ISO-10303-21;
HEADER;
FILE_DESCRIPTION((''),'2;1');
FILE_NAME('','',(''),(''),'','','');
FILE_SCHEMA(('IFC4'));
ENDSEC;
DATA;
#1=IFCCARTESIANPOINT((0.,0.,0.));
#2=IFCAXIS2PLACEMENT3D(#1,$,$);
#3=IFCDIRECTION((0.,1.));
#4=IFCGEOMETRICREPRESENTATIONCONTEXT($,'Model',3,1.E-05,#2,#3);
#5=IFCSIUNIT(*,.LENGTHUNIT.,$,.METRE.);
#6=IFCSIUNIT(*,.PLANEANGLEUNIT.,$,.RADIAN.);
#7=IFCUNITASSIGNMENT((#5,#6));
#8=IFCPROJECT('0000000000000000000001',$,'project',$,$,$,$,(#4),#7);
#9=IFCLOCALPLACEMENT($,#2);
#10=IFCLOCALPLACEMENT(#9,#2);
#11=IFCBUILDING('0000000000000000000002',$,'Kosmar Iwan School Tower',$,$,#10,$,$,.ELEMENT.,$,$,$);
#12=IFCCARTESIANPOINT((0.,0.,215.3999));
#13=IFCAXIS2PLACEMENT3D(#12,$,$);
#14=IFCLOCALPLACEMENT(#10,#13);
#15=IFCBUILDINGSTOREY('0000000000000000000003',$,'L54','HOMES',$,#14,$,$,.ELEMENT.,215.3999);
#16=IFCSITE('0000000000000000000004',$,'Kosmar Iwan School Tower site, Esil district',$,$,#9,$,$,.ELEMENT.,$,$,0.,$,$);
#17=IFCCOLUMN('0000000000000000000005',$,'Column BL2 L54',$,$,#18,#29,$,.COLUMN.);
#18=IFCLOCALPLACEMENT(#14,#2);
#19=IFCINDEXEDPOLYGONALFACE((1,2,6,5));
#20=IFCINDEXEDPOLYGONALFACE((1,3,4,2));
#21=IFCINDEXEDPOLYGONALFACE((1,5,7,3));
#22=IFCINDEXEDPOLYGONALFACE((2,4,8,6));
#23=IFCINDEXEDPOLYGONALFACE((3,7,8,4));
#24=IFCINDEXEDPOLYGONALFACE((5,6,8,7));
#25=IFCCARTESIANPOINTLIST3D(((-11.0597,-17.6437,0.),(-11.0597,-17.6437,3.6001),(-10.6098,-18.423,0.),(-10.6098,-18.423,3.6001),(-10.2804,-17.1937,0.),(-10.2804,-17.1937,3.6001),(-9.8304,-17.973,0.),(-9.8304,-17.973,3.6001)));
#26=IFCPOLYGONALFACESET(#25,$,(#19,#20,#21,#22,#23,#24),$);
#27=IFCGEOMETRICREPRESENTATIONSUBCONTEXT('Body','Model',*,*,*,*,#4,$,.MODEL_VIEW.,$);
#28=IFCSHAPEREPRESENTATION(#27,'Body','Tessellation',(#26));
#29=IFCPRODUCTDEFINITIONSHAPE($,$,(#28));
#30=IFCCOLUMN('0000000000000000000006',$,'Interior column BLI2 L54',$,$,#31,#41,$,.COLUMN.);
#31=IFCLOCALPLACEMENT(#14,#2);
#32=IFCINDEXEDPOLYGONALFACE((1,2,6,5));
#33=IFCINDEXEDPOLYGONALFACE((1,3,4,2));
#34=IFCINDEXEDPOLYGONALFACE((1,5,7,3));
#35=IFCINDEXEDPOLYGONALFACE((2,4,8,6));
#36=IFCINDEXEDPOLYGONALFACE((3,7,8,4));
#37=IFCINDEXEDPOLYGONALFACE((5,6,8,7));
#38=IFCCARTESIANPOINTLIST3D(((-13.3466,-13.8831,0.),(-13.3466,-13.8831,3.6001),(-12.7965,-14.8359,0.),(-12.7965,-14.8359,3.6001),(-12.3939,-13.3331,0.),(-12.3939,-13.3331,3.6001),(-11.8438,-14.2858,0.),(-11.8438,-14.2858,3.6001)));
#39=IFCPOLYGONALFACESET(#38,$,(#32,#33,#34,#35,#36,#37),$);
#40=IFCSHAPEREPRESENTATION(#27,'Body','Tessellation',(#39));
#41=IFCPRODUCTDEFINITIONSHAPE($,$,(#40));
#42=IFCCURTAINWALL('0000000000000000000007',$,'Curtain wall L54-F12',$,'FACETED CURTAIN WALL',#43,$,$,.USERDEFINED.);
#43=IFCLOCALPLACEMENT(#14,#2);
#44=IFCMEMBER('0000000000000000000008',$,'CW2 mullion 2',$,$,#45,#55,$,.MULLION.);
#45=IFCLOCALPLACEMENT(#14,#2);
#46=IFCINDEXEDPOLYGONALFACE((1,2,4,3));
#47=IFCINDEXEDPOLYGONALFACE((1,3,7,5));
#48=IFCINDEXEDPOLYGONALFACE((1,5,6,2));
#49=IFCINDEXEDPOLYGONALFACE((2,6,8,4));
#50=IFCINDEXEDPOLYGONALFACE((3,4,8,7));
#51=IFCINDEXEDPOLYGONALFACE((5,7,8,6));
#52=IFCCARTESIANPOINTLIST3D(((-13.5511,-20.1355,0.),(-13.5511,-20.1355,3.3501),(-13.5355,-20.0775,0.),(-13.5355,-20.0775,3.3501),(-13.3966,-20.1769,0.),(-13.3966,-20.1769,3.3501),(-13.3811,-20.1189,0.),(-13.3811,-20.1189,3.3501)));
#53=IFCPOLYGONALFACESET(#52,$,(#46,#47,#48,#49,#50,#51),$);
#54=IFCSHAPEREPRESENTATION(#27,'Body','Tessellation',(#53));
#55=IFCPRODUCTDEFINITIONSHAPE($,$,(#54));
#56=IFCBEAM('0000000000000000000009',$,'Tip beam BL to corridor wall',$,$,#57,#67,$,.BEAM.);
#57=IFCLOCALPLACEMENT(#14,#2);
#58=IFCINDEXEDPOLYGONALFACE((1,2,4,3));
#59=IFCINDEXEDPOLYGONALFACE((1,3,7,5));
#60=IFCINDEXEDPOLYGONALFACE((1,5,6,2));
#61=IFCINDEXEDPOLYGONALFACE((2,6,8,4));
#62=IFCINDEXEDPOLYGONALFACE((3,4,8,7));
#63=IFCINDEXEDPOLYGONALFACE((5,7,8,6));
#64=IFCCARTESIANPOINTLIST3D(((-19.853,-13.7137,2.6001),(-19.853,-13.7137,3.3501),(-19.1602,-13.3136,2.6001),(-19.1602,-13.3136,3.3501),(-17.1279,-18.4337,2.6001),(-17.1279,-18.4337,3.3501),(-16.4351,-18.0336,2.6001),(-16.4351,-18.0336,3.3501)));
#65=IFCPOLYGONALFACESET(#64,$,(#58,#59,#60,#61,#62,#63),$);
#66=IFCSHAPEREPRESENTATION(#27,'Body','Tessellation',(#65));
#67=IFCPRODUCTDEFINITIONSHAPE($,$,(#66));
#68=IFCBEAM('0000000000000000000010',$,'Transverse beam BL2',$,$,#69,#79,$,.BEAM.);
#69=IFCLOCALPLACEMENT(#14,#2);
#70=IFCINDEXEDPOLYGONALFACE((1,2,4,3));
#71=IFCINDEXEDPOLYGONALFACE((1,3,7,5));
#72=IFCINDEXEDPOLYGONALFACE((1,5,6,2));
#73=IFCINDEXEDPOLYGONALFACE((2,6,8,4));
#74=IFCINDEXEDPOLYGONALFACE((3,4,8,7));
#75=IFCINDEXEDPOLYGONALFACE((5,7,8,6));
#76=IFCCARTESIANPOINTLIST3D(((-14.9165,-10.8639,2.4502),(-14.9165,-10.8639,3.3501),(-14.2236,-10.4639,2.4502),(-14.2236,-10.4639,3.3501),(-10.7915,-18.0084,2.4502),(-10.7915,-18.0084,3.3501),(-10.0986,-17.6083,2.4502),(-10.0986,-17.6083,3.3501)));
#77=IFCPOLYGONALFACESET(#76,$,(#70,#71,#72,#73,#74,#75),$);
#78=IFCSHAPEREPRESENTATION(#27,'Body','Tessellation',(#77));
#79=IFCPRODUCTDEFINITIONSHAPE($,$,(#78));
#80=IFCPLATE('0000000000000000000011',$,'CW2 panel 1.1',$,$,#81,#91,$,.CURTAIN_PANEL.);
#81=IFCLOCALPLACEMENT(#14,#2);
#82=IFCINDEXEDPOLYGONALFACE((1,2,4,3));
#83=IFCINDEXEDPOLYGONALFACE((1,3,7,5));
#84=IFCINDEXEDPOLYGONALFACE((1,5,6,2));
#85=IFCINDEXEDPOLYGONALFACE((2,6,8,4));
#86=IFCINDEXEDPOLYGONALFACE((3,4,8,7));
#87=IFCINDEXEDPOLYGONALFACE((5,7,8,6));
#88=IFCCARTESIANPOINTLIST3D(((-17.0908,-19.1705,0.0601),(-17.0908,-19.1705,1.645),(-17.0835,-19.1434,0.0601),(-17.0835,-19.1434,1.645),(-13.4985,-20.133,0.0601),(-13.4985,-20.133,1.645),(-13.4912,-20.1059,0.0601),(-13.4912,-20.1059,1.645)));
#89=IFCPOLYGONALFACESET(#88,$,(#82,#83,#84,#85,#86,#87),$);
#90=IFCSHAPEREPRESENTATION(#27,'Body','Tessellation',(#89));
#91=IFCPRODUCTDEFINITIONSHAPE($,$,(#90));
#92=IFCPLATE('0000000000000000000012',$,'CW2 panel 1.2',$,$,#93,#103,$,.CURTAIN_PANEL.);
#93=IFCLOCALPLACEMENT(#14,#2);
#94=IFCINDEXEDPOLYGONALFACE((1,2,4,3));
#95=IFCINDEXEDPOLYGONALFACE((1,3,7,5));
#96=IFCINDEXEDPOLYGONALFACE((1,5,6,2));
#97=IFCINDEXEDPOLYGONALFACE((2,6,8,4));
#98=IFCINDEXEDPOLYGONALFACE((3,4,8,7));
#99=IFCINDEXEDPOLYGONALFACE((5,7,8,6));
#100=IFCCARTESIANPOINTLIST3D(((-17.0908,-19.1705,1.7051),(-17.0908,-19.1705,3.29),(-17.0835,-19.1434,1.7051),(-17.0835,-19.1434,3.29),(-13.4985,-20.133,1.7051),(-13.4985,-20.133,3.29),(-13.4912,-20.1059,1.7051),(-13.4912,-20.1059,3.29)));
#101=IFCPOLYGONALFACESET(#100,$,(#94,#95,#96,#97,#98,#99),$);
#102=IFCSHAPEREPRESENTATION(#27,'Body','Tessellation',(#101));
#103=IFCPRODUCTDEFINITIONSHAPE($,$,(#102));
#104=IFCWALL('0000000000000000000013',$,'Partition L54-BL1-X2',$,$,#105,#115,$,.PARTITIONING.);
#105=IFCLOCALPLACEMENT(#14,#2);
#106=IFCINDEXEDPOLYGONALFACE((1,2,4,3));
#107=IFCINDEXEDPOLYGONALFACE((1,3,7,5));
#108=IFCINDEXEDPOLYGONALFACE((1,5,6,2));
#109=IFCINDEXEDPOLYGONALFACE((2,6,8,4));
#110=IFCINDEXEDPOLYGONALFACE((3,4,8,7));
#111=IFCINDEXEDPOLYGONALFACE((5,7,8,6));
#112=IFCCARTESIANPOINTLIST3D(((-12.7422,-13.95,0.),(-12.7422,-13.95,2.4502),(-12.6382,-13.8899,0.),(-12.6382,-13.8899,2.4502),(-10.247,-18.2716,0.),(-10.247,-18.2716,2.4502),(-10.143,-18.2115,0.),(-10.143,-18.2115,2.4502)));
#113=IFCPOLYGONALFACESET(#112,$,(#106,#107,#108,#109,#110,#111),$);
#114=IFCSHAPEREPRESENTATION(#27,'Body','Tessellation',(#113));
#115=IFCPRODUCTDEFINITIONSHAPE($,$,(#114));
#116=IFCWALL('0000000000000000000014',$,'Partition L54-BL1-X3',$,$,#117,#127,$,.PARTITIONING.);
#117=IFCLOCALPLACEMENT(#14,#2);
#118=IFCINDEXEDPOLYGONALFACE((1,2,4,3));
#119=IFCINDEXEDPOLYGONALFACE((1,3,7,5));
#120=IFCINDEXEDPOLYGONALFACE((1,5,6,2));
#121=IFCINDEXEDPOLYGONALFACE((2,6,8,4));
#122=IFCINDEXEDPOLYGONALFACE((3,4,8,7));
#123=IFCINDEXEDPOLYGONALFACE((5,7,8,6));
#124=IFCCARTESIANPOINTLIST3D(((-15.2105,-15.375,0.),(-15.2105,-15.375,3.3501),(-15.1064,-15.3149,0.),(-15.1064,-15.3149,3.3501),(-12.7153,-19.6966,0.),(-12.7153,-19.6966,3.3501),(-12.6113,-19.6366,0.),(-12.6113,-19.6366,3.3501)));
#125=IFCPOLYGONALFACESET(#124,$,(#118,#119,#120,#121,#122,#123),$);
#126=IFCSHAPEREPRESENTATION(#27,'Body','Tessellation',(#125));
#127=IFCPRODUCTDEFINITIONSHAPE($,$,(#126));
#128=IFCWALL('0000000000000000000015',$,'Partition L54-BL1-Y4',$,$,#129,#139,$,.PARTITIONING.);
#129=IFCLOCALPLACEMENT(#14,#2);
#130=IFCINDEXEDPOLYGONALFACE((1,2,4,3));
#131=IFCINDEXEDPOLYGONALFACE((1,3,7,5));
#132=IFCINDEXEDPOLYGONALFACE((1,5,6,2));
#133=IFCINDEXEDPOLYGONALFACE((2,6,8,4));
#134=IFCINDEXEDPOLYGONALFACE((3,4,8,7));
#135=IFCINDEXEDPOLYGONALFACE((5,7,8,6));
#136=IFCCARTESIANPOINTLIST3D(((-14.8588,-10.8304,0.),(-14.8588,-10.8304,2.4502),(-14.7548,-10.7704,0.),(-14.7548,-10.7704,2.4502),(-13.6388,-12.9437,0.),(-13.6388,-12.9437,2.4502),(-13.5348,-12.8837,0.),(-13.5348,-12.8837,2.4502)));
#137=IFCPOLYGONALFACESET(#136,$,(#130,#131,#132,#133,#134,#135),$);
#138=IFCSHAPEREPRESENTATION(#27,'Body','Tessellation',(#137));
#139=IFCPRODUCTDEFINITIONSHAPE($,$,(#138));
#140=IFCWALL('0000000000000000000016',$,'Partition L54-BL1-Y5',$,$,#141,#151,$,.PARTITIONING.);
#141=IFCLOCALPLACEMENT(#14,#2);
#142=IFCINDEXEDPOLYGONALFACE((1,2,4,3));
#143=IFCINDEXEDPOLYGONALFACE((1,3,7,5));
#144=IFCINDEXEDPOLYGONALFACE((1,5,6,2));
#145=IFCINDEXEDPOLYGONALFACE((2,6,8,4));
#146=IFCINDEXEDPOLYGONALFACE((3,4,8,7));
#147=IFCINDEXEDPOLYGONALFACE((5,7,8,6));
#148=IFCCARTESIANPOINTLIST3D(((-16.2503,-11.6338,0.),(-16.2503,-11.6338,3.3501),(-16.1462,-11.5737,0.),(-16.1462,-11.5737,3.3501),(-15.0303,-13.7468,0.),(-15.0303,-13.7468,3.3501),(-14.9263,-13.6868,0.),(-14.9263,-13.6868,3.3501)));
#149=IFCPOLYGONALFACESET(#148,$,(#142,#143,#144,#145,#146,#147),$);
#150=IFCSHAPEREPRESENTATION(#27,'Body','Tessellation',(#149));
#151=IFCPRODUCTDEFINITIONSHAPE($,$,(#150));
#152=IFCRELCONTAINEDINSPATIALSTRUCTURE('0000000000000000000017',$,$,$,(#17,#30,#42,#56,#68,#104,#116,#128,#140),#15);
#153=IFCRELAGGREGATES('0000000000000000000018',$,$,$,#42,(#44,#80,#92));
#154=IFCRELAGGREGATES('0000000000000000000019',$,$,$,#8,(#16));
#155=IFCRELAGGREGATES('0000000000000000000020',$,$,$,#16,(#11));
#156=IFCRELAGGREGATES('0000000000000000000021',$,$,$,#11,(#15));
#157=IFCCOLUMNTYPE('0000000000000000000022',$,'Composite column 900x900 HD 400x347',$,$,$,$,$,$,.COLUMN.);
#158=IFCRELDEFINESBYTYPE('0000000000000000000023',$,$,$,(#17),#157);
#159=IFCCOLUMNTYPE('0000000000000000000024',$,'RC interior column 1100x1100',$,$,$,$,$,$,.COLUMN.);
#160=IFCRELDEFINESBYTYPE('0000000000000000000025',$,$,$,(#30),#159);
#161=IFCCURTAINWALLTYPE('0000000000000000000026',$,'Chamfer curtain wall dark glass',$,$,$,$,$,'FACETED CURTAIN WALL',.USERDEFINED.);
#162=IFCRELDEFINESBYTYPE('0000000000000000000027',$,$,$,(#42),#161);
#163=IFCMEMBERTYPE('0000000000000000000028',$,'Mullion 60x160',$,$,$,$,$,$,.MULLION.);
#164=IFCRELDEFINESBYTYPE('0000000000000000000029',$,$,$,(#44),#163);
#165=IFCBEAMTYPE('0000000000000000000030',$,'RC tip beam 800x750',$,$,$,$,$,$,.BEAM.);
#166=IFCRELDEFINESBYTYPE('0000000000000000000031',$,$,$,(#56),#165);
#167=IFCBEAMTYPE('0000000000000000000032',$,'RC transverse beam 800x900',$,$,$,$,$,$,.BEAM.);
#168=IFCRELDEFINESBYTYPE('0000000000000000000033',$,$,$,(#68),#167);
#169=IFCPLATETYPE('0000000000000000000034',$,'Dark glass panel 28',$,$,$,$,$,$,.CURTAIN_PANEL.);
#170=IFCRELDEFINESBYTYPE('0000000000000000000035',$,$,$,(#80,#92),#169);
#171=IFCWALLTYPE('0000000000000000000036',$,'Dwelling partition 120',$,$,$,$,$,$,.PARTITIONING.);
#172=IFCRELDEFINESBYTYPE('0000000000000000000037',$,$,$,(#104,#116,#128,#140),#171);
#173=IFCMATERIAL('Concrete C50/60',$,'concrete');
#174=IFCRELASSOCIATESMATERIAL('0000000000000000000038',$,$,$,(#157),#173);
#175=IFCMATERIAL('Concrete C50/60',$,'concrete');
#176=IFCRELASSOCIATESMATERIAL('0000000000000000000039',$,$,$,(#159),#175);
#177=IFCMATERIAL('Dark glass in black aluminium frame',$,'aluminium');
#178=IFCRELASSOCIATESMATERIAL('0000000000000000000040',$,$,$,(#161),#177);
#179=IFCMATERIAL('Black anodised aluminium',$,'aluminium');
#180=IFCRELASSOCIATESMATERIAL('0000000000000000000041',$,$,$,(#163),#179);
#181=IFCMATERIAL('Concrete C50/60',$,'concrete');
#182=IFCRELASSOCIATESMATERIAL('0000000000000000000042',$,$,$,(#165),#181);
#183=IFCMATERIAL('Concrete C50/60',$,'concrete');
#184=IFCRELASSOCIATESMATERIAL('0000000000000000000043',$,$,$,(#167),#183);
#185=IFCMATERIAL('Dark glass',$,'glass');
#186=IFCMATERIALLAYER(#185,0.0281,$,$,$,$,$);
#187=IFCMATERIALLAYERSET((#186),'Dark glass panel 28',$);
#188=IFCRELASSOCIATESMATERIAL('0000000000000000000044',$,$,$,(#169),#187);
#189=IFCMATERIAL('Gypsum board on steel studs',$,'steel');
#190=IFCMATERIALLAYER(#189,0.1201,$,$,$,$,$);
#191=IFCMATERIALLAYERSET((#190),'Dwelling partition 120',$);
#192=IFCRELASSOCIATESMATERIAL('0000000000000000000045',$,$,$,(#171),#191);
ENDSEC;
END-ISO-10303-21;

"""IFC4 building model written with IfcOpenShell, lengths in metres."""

from ifc_helpers import new_model, si_unit, direction, frame, frame_2d, origin, origin_2d, place, context, subcontext, project, spatial, rectangle, extrude, material, layer, layer_set, material_profile, profile_set, type_object, element, aggregate, save


model = new_model("IFC4")

# Units and contexts
model_context = context("Model", 3, precision=1e-05, world=origin(), true_north=direction((0.0, 1.0)))
body_context = subcontext(model_context, "Body", "Model", "MODEL_VIEW")
ifc_project = project(units=[si_unit("LENGTHUNIT", "METRE"), si_unit("PLANEANGLEUNIT", "RADIAN")], contexts=[model_context])

# Site, building, storey
site_placement = place(None, origin())
site = spatial("IfcSite", under=ifc_project, at=site_placement, Name="Kosmar Iwan School Tower site, Esil district", CompositionType="ELEMENT", RefElevation=0.0)
building_placement = place(site_placement, origin())
building = spatial("IfcBuilding", under=site, at=building_placement, Name="Kosmar Iwan School Tower", CompositionType="ELEMENT")
storey_placement = place(building_placement, frame((0.0, 0.0, 215.3999)))
storey = spatial("IfcBuildingStorey", under=building, at=storey_placement, Name="L54", Description="HOMES", CompositionType="ELEMENT", Elevation=215.3999)

# Columns
ifc_material_1 = material(Name="Concrete C50/60", Category="concrete")
ifc_material_profile_1 = material_profile(ifc_material_1, rectangle(XDim=0.8999, YDim=0.8999, at=origin_2d()), Name="RC 900x900 + HD 400x347")
ifc_profile_set_1 = profile_set([ifc_material_profile_1], Name="Concrete C50/60")
column_type_1 = type_object("IfcColumnType", Name="Composite column 900x900 HD 400x347", PredefinedType="COLUMN", material=ifc_profile_set_1)
column_1_placement = place(storey_placement, frame((-10.4451, -17.8083, 0.0), z_axis=(0.0, 0.0, 1.0), x_axis=(-0.866025, -0.5, 0.0)))
element("IfcColumn", 1, at=column_1_placement, inside=storey, type_object=column_type_1, Name="Column BL2 L54", PredefinedType="COLUMN", context=body_context, shape_type="SweptSolid", body=[
    extrude(rectangle(XDim=0.8999, YDim=0.8999, at=origin_2d()), origin(), (0.0, 0.0, 1.0), 3.6001),
])
ifc_material_2 = material(Name="Concrete C50/60", Category="concrete")
ifc_material_profile_2 = material_profile(ifc_material_2, rectangle(XDim=1.1001, YDim=1.1001, at=origin_2d()), Name="RC 1100x1100")
ifc_profile_set_2 = profile_set([ifc_material_profile_2], Name="Concrete C50/60")
column_type_2 = type_object("IfcColumnType", Name="RC interior column 1100x1100", PredefinedType="COLUMN", material=ifc_profile_set_2)
column_2_placement = place(storey_placement, frame((-12.5952, -14.0845, 0.0), z_axis=(0.0, 0.0, 1.0), x_axis=(-0.866025, -0.5, 0.0)))
element("IfcColumn", 2, at=column_2_placement, inside=storey, type_object=column_type_2, Name="Interior column BLI2 L54", PredefinedType="COLUMN", context=body_context, shape_type="SweptSolid", body=[
    extrude(rectangle(XDim=1.1001, YDim=1.1001, at=origin_2d()), origin(), (0.0, 0.0, 1.0), 3.6001),
])

# Curtain wall, member
ifc_material_3 = material(Name="Dark glass in black aluminium frame", Category="aluminium")
curtain_wall_type = type_object("IfcCurtainWallType", Name="Chamfer curtain wall dark glass", ElementType="FACETED CURTAIN WALL", PredefinedType="USERDEFINED", material=ifc_material_3)
curtain_wall_placement = place(storey_placement, origin())
curtain_wall = element("IfcCurtainWall", 3, at=curtain_wall_placement, inside=storey, type_object=curtain_wall_type, Name="Curtain wall L54-F12", ObjectType="FACETED CURTAIN WALL", PredefinedType="USERDEFINED")
ifc_material_4 = material(Name="Black anodised aluminium", Category="aluminium")
ifc_material_profile_3 = material_profile(ifc_material_4, rectangle(XDim=0.0601, YDim=0.1599, at=origin_2d()), Name="MULLION 60x160")
ifc_profile_set_3 = profile_set([ifc_material_profile_3], Name="Black anodised aluminium")
member_type = type_object("IfcMemberType", Name="Mullion 60x160", PredefinedType="MULLION", material=ifc_profile_set_3)
member_placement = place(storey_placement, frame((-13.4661, -20.1272, 0.0), z_axis=(0.0, 0.0, 1.0), x_axis=(0.258819, 0.965926, 0.0)))
member = element("IfcMember", 4, at=member_placement, type_object=member_type, Name="CW2 mullion 2", PredefinedType="MULLION", context=body_context, shape_type="SweptSolid", body=[
    extrude(rectangle(XDim=0.0601, YDim=0.1599, at=origin_2d()), origin(), (0.0, 0.0, 1.0), 3.3501),
])

# Beams
ifc_material_5 = material(Name="Concrete C50/60", Category="concrete")
ifc_material_profile_4 = material_profile(ifc_material_5, rectangle(XDim=0.8, YDim=0.75, at=origin_2d()), Name="RC 800x750")
ifc_profile_set_4 = profile_set([ifc_material_profile_4], Name="Concrete C50/60")
beam_type_1 = type_object("IfcBeamType", Name="RC tip beam 800x750", PredefinedType="BEAM", material=ifc_profile_set_4)
beam_1_placement = place(storey_placement, frame((-16.7815, -18.2336, 2.9751), z_axis=(-0.500003, 0.866024, 0.0), x_axis=(-0.866024, -0.500003, 0.0)))
element("IfcBeam", 5, at=beam_1_placement, inside=storey, type_object=beam_type_1, Name="Tip beam BL to corridor wall", PredefinedType="BEAM", context=body_context, shape_type="SweptSolid", body=[
    extrude(rectangle(XDim=0.8, YDim=0.75, at=origin_2d()), origin(), (0.0, 0.0, 1.0), 5.4502),
])
ifc_material_6 = material(Name="Concrete C50/60", Category="concrete")
ifc_material_profile_5 = material_profile(ifc_material_6, rectangle(XDim=0.8, YDim=0.8999, at=origin_2d()), Name="RC 800x900")
ifc_profile_set_5 = profile_set([ifc_material_profile_5], Name="Concrete C50/60")
beam_type_2 = type_object("IfcBeamType", Name="RC transverse beam 800x900", PredefinedType="BEAM", material=ifc_profile_set_5)
beam_2_placement = place(storey_placement, frame((-10.4451, -17.8083, 2.9001), z_axis=(-0.500009, 0.86602, 0.0), x_axis=(-0.86602, -0.500009, 0.0)))
element("IfcBeam", 6, at=beam_2_placement, inside=storey, type_object=beam_type_2, Name="Transverse beam BL2", PredefinedType="BEAM", context=body_context, shape_type="SweptSolid", body=[
    extrude(rectangle(XDim=0.8, YDim=0.8999, at=origin_2d()), origin(), (0.0, 0.0, 1.0), 8.2498),
])

# Plates
ifc_material_7 = material(Name="Dark glass", Category="glass")
ifc_layer_1 = layer(ifc_material_7, 0.0281)
ifc_layer_set_1 = layer_set([ifc_layer_1], Name="Dark glass panel 28")
plate_type = type_object("IfcPlateType", Name="Dark glass panel 28", PredefinedType="CURTAIN_PANEL", material=ifc_layer_set_1)
plate_1_placement = place(storey_placement, frame((-15.291, -19.6382, 0.0601), z_axis=(0.0, 0.0, 1.0), x_axis=(0.965926, -0.258819, 0.0)))
plate_1 = element("IfcPlate", 7, at=plate_1_placement, type_object=plate_type, Name="CW2 panel 1.1", PredefinedType="CURTAIN_PANEL", context=body_context, shape_type="SweptSolid", body=[
    extrude(rectangle(XDim=3.719, YDim=0.0281, at=origin_2d()), origin(), (0.0, 0.0, 1.0), 1.585),
])
plate_2_placement = place(storey_placement, frame((-15.291, -19.6382, 1.7051), z_axis=(0.0, 0.0, 1.0), x_axis=(0.965926, -0.258819, 0.0)))
plate_2 = element("IfcPlate", 8, at=plate_2_placement, type_object=plate_type, Name="CW2 panel 1.2", PredefinedType="CURTAIN_PANEL", context=body_context, shape_type="SweptSolid", body=[
    extrude(rectangle(XDim=3.719, YDim=0.0281, at=origin_2d()), origin(), (0.0, 0.0, 1.0), 1.585),
])
aggregate(curtain_wall, [member, plate_1, plate_2])

# Walls
ifc_material_8 = material(Name="Gypsum board on steel studs", Category="steel")
ifc_layer_2 = layer(ifc_material_8, 0.1201)
ifc_layer_set_2 = layer_set([ifc_layer_2], Name="Dwelling partition 120")
wall_type = type_object("IfcWallType", Name="Dwelling partition 120", PredefinedType="PARTITIONING", material=ifc_layer_set_2)
wall_1_placement = place(storey_placement, frame((-12.6902, -13.9199, 0.0), z_axis=(0.0, 0.0, 1.0), x_axis=(0.500012, -0.866019, 0.0)))
element("IfcWall", 9, at=wall_1_placement, inside=storey, type_object=wall_type, Name="Partition L54-BL1-X2", PredefinedType="PARTITIONING", context=body_context, shape_type="SweptSolid", body=[
    extrude(rectangle(XDim=4.9902, YDim=0.1201, at=frame_2d((2.4951, 0.0))), origin(), (0.0, 0.0, 1.0), 2.4502),
])
wall_2_placement = place(storey_placement, frame((-15.1584, -15.345, 0.0), z_axis=(0.0, 0.0, 1.0), x_axis=(0.500012, -0.866019, 0.0)))
element("IfcWall", 10, at=wall_2_placement, inside=storey, type_object=wall_type, Name="Partition L54-BL1-X3", PredefinedType="PARTITIONING", context=body_context, shape_type="SweptSolid", body=[
    extrude(rectangle(XDim=4.9902, YDim=0.1201, at=frame_2d((2.4951, 0.0))), origin(), (0.0, 0.0, 1.0), 3.3501),
])
wall_3_placement = place(storey_placement, frame((-14.8069, -10.8003, 0.0), z_axis=(0.0, 0.0, 1.0), x_axis=(0.499959, -0.866049, 0.0)))
element("IfcWall", 11, at=wall_3_placement, inside=storey, type_object=wall_type, Name="Partition L54-BL1-Y4", PredefinedType="PARTITIONING", context=body_context, shape_type="SweptSolid", body=[
    extrude(rectangle(XDim=2.4402, YDim=0.1201, at=frame_2d((1.2202, 0.0))), origin(), (0.0, 0.0, 1.0), 2.4502),
])
wall_4_placement = place(storey_placement, frame((-16.1982, -11.6038, 0.0), z_axis=(0.0, 0.0, 1.0), x_axis=(0.500003, -0.866024, 0.0)))
element("IfcWall", 12, at=wall_4_placement, inside=storey, type_object=wall_type, Name="Partition L54-BL1-Y5", PredefinedType="PARTITIONING", context=body_context, shape_type="SweptSolid", body=[
    extrude(rectangle(XDim=2.4399, YDim=0.1201, at=frame_2d((1.22, 0.0))), origin(), (0.0, 0.0, 1.0), 3.3501),
])

save(model, "model.ifc")
